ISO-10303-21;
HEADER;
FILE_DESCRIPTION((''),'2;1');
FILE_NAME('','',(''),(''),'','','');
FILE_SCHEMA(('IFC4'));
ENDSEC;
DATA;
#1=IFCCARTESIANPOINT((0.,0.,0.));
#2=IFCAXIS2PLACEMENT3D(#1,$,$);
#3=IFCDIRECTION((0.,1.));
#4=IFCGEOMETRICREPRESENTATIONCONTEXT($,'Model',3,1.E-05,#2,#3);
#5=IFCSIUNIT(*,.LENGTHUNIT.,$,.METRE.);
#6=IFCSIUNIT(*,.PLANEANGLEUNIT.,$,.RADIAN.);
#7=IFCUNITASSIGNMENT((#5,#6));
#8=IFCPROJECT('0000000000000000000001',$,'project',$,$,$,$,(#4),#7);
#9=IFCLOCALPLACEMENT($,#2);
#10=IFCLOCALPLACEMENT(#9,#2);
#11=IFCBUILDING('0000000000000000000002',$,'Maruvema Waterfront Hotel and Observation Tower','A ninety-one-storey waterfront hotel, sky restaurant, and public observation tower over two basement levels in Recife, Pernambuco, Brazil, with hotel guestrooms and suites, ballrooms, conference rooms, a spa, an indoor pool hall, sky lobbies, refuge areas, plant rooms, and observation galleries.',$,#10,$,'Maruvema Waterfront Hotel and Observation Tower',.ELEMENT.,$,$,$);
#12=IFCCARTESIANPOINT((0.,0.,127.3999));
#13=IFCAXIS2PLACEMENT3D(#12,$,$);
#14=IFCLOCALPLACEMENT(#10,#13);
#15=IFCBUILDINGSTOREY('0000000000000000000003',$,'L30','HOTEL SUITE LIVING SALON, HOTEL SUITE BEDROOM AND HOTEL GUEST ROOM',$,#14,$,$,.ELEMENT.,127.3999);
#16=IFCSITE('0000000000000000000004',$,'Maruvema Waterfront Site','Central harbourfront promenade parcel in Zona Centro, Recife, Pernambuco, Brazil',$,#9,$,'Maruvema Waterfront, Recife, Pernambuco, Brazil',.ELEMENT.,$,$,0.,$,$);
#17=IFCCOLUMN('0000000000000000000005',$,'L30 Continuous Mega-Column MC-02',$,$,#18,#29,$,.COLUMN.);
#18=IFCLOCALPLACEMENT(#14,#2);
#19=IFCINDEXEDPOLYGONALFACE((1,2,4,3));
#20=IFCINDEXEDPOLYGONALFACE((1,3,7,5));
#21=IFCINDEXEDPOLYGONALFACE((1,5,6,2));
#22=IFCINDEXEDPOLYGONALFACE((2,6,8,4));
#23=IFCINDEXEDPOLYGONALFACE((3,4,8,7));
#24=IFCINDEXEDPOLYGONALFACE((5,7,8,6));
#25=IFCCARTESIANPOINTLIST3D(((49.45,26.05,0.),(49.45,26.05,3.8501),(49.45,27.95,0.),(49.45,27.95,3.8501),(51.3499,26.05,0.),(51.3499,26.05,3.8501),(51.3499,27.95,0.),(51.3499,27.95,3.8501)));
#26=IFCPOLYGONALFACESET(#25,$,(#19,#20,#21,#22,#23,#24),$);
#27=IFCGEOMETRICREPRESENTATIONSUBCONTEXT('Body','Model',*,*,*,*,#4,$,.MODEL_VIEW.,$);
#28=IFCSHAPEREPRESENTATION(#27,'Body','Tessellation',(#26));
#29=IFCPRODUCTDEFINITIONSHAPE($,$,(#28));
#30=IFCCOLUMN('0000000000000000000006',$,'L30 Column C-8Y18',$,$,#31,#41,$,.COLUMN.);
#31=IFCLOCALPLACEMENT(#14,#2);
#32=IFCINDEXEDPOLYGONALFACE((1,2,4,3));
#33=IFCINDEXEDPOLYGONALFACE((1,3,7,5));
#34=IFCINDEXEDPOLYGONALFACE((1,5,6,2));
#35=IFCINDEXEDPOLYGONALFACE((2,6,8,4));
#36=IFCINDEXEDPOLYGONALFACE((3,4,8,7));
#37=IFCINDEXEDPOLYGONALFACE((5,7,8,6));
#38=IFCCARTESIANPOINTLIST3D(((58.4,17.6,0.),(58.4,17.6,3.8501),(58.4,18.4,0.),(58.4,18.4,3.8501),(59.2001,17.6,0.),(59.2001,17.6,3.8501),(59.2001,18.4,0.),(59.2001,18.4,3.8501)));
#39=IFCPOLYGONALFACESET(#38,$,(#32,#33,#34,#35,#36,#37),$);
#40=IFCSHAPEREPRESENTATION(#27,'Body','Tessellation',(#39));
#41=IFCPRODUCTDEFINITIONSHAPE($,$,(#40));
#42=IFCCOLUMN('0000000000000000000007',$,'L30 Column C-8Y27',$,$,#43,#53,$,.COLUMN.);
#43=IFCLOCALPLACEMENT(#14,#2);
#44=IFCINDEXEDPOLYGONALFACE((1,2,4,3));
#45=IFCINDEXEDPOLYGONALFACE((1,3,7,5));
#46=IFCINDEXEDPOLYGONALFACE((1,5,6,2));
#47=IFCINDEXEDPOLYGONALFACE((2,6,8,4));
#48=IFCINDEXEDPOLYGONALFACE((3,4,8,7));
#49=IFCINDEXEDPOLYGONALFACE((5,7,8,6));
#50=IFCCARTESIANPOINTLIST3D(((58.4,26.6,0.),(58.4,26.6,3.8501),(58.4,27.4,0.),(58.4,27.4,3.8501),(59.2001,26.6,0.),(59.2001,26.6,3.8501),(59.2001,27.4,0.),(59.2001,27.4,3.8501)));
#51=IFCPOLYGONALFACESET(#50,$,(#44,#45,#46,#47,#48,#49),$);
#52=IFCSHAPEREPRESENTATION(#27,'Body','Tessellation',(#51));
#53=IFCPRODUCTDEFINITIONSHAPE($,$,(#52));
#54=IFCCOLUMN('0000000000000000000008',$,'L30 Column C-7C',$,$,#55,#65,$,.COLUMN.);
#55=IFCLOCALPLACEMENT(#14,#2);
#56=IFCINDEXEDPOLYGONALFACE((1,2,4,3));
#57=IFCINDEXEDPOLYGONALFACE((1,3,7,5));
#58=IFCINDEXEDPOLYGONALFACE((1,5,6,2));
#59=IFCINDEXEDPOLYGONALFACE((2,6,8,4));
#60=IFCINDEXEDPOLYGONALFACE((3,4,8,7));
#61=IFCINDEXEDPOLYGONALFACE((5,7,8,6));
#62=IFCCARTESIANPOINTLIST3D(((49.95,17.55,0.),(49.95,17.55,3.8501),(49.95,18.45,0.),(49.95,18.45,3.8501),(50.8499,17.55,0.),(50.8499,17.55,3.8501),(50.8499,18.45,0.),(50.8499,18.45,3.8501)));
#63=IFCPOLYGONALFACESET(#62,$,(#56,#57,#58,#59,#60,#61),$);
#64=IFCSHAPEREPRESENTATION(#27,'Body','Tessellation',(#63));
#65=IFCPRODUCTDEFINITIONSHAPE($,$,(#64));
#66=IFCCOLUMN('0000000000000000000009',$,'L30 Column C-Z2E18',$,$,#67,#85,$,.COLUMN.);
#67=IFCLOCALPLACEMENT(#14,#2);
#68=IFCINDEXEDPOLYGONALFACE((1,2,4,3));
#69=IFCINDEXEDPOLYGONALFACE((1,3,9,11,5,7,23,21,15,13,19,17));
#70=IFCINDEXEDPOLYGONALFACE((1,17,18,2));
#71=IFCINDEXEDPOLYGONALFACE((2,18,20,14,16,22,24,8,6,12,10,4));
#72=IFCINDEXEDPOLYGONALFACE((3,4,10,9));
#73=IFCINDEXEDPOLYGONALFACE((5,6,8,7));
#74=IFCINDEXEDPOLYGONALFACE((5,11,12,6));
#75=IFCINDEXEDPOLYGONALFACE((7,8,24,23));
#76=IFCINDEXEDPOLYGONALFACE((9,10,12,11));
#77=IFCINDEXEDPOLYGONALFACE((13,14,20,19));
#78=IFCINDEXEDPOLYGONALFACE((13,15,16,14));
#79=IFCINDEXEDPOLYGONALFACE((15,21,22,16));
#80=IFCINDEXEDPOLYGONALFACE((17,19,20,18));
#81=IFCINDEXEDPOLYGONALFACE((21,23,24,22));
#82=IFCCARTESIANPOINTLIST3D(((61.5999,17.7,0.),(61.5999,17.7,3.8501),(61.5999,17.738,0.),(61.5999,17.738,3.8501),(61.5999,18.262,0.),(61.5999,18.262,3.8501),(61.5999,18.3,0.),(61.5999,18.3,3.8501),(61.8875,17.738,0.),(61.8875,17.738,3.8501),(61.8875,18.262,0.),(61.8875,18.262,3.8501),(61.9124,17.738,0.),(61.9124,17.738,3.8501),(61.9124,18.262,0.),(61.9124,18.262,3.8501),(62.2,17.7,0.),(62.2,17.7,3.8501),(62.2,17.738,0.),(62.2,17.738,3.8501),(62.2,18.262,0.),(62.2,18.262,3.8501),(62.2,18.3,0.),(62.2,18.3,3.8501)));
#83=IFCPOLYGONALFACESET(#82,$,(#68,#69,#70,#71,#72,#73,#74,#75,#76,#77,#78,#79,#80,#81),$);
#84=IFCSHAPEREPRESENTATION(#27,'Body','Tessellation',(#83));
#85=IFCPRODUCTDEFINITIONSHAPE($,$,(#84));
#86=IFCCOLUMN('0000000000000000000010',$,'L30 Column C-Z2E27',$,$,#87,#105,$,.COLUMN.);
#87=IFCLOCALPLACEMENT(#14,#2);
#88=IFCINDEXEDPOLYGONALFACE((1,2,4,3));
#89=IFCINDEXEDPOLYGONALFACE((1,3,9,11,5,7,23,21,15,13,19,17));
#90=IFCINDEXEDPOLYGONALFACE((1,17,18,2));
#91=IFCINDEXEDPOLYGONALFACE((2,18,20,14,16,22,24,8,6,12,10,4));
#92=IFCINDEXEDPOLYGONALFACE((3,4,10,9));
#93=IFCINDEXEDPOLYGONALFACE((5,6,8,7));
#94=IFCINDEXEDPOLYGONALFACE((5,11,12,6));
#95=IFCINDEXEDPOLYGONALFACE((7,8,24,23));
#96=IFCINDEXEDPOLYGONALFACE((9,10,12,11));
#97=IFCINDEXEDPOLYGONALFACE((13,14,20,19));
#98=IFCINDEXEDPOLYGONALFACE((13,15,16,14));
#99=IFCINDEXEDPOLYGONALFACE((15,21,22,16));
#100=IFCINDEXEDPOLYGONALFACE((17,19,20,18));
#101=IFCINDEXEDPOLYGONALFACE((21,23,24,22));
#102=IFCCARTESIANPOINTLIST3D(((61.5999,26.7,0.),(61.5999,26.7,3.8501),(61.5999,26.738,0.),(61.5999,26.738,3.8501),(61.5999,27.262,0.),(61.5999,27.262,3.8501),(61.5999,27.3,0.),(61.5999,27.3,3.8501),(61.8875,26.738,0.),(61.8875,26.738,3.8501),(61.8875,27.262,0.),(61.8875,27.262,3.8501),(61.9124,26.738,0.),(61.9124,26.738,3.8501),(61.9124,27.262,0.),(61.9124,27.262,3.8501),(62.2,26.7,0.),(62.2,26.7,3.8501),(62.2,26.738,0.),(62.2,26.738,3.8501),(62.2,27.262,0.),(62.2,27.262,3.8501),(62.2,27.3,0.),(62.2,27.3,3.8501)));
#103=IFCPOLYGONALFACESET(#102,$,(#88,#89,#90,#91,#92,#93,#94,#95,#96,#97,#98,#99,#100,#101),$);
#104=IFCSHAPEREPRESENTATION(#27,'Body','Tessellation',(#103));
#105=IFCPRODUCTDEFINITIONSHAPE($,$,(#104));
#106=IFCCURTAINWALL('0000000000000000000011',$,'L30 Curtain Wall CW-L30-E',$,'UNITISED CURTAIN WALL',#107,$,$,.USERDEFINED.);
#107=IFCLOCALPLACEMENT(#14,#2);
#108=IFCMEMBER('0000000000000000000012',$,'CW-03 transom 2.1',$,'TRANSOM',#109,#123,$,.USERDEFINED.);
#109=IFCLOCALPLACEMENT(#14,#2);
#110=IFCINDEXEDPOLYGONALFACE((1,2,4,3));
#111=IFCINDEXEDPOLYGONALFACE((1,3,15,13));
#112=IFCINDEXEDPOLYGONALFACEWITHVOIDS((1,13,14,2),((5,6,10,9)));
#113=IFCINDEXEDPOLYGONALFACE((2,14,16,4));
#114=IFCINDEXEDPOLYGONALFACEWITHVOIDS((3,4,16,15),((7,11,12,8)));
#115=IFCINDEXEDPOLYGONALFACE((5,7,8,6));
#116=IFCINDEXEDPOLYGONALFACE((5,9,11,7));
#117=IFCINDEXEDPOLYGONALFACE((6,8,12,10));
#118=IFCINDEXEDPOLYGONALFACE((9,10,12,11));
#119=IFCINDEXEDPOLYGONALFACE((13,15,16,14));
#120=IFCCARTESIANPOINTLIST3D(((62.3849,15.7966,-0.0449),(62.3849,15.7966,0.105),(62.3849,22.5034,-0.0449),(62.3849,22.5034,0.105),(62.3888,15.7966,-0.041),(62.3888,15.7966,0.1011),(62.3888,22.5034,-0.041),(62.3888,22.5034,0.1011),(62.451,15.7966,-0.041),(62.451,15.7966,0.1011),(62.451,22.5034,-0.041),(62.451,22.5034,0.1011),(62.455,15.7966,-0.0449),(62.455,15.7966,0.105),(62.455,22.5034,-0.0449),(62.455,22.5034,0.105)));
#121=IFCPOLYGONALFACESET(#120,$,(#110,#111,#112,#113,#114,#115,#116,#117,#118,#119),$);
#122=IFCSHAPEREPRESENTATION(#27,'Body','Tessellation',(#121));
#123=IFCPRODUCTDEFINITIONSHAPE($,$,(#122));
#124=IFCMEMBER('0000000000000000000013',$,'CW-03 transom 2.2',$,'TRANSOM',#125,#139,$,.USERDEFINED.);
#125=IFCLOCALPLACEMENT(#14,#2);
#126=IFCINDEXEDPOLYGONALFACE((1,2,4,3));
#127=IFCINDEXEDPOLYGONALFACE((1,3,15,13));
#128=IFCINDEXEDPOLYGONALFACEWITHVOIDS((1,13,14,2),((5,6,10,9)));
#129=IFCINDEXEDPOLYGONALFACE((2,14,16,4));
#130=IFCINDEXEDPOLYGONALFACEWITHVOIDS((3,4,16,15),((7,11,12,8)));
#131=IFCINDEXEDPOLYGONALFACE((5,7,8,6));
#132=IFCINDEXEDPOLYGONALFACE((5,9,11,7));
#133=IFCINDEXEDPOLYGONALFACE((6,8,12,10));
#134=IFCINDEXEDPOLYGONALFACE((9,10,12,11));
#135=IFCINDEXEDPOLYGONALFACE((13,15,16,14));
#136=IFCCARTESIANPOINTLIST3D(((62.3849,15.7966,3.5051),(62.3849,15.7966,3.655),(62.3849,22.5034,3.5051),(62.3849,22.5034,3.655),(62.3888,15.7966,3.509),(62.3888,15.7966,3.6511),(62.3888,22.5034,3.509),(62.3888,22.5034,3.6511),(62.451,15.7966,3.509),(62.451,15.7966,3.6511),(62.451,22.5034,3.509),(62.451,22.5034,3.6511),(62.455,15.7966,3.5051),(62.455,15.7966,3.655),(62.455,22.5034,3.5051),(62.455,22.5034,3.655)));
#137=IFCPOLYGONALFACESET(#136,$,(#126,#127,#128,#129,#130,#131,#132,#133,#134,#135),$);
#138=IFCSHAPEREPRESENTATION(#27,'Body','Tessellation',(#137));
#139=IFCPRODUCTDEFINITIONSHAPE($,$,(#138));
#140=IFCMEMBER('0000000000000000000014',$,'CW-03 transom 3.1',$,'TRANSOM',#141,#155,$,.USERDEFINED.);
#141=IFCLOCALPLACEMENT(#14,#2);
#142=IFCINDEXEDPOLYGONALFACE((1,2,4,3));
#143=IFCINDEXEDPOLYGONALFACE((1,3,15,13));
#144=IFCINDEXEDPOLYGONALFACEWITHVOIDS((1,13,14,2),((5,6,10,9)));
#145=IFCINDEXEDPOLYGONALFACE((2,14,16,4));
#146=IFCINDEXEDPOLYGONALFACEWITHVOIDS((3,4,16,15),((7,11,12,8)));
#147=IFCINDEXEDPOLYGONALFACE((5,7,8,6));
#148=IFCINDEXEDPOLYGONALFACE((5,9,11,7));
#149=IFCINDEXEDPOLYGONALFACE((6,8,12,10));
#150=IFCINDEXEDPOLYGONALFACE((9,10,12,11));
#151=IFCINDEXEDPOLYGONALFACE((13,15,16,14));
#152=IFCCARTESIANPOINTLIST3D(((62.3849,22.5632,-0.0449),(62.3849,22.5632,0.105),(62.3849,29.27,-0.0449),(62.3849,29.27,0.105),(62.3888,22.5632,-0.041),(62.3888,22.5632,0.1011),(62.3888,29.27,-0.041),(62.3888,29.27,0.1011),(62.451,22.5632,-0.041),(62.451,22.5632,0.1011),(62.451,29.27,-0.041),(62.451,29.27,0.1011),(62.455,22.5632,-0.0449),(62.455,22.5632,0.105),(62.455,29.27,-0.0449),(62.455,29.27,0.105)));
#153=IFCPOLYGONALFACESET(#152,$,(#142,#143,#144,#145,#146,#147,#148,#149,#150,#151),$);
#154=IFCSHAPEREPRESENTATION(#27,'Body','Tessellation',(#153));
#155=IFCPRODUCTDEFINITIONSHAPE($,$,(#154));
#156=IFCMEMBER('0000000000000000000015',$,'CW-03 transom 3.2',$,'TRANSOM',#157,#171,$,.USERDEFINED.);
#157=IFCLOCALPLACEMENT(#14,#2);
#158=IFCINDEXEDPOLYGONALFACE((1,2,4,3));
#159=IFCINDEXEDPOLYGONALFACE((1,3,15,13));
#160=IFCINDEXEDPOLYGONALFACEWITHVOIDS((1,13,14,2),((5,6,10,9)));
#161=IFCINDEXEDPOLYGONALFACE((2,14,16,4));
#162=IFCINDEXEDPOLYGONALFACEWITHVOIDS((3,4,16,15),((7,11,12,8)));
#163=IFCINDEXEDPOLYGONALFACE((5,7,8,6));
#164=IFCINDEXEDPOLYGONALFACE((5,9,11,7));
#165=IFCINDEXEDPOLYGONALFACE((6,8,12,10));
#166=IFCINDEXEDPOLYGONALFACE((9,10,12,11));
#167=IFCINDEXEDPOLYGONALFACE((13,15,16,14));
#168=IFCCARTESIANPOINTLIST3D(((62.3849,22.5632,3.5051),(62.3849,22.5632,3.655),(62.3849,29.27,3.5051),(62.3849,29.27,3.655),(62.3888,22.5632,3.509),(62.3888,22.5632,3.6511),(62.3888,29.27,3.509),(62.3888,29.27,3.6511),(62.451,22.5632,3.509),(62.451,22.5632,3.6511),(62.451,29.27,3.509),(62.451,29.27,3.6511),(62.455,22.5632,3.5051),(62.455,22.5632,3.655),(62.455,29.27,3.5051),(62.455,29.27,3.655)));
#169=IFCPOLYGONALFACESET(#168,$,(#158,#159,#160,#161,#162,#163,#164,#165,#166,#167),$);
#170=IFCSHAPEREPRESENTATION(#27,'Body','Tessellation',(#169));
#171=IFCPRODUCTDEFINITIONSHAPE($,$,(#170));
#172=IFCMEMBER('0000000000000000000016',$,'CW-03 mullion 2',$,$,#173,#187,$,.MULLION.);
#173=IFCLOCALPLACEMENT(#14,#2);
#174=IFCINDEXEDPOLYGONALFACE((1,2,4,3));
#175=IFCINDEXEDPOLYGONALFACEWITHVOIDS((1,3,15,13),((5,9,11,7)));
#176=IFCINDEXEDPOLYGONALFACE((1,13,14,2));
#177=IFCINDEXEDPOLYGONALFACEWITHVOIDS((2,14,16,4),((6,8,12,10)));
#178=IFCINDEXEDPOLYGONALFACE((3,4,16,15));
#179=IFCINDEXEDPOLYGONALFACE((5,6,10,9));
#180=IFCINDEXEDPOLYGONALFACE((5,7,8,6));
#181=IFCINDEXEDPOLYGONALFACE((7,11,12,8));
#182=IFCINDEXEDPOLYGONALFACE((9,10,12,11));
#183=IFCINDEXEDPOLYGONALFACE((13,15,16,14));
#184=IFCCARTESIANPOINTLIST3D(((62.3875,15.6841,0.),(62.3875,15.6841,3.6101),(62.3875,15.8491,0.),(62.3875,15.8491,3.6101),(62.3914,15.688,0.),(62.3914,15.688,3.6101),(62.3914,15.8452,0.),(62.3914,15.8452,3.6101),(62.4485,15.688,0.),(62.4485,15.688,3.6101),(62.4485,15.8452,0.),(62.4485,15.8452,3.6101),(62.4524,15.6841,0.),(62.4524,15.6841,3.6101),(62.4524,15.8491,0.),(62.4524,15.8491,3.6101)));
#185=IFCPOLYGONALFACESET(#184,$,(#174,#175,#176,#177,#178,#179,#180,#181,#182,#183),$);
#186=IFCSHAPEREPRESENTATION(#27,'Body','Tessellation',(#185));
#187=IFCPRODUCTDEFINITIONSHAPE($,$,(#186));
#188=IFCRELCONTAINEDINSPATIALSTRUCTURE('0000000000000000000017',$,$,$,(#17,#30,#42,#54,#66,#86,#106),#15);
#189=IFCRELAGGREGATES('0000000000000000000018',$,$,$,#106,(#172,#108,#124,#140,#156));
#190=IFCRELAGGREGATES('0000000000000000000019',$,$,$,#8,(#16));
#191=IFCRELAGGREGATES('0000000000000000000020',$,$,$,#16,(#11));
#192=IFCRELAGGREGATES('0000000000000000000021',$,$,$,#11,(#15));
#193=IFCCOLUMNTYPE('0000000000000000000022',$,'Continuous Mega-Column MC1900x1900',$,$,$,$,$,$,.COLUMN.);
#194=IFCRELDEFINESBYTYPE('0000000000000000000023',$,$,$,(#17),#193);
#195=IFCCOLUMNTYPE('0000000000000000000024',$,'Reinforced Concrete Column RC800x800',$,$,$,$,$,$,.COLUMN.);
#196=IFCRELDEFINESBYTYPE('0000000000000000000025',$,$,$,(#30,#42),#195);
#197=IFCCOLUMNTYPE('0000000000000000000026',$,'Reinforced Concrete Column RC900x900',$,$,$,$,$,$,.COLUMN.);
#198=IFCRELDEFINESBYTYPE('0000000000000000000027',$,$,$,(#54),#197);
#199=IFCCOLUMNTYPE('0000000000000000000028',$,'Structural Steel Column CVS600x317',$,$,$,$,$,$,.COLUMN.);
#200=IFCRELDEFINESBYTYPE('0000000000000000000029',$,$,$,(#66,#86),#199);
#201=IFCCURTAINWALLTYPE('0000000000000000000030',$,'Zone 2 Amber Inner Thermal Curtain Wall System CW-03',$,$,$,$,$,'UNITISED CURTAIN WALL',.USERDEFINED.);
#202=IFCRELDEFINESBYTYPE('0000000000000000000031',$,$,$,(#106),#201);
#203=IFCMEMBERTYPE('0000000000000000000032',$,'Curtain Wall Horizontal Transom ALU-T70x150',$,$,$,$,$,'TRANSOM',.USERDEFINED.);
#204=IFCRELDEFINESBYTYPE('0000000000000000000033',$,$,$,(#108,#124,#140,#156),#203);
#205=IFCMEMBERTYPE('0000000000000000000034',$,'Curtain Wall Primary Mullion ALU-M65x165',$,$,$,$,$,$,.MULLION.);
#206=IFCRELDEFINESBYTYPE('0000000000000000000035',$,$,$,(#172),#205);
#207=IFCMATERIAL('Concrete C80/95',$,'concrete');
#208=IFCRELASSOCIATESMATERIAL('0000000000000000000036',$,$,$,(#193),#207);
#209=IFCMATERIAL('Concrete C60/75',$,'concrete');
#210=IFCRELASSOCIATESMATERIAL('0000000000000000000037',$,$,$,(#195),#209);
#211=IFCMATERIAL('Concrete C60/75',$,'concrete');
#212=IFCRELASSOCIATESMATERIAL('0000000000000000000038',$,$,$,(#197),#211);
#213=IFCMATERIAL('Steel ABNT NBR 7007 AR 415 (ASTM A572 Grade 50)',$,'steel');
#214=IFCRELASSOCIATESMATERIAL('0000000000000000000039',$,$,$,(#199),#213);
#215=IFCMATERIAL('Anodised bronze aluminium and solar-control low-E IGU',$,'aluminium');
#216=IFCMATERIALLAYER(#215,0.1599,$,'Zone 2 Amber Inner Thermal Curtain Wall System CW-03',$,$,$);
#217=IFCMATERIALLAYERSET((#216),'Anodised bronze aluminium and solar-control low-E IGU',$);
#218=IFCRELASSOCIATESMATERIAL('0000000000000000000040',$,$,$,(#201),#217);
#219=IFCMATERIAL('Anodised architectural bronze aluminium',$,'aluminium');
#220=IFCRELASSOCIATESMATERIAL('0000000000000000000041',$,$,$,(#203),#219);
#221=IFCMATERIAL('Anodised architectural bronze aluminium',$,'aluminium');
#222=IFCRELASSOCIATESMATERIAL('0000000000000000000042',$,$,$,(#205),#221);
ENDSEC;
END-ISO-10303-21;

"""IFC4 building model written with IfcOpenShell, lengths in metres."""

from ifc_helpers import new_model, si_unit, direction, frame, origin, origin_2d, place, context, subcontext, project, spatial, rectangle, hollow_rectangle, i_section, extrude, material, layer, layer_set, material_profile, profile_set, type_object, element, aggregate, save


model = new_model("IFC4")

# Units and contexts
model_context = context("Model", 3, precision=1e-05, world=origin(), true_north=direction((0.0, 1.0)))
body_context = subcontext(model_context, "Body", "Model", "MODEL_VIEW")
ifc_project = project(units=[si_unit("LENGTHUNIT", "METRE"), si_unit("PLANEANGLEUNIT", "RADIAN")], contexts=[model_context])

# Site, building, storey
site_placement = place(None, origin())
site = spatial("IfcSite", under=ifc_project, at=site_placement, Name="Maruvema Waterfront Site", Description="Central harbourfront promenade parcel in Zona Centro, Recife, Pernambuco, Brazil", LongName="Maruvema Waterfront, Recife, Pernambuco, Brazil", CompositionType="ELEMENT", RefElevation=0.0)
building_placement = place(site_placement, origin())
building = spatial("IfcBuilding", under=site, at=building_placement, Name="Maruvema Waterfront Hotel and Observation Tower", Description="A ninety-one-storey waterfront hotel, sky restaurant, and public observation tower over two basement levels in Recife, Pernambuco, Brazil, with hotel guestrooms and suites, ballrooms, conference rooms, a spa, an indoor pool hall, sky lobbies, refuge areas, plant rooms, and observation galleries.", LongName="Maruvema Waterfront Hotel and Observation Tower", CompositionType="ELEMENT")
storey_placement = place(building_placement, frame((0.0, 0.0, 127.3999)))
storey = spatial("IfcBuildingStorey", under=building, at=storey_placement, Name="L30", Description="HOTEL SUITE LIVING SALON, HOTEL SUITE BEDROOM AND HOTEL GUEST ROOM", CompositionType="ELEMENT", Elevation=127.3999)

# Columns
ifc_material_1 = material(Name="Concrete C80/95", Category="concrete")
ifc_material_profile_1 = material_profile(ifc_material_1, rectangle(XDim=1.8999, YDim=1.8999, at=origin_2d()), Name="MC1900x1900")
ifc_profile_set_1 = profile_set([ifc_material_profile_1], Name="Concrete C80/95")
column_type_1 = type_object("IfcColumnType", Name="Continuous Mega-Column MC1900x1900", PredefinedType="COLUMN", material=ifc_profile_set_1)
column_1_placement = place(storey_placement, frame((50.3999, 27.0, 0.0), z_axis=(0.0, 0.0, 1.0), x_axis=(1.0, 0.0, 0.0)))
element("IfcColumn", 1, at=column_1_placement, inside=storey, type_object=column_type_1, Name="L30 Continuous Mega-Column MC-02", PredefinedType="COLUMN", context=body_context, shape_type="SweptSolid", body=[
    extrude(rectangle(XDim=1.8999, YDim=1.8999, at=origin_2d()), origin(), (0.0, 0.0, 1.0), 3.8501),
])
ifc_material_2 = material(Name="Concrete C60/75", Category="concrete")
ifc_material_profile_2 = material_profile(ifc_material_2, rectangle(XDim=0.8, YDim=0.8, at=origin_2d()), Name="RC800x800")
ifc_profile_set_2 = profile_set([ifc_material_profile_2], Name="Concrete C60/75")
column_type_2 = type_object("IfcColumnType", Name="Reinforced Concrete Column RC800x800", PredefinedType="COLUMN", material=ifc_profile_set_2)
for number, where, z_axis, x_axis, name in (
    (2, (58.8, 18.0, 0.0), (0.0, 0.0, 1.0), (1.0, 0.0, 0.0), "L30 Column C-8Y18"),
    (3, (58.8, 27.0, 0.0), (0.0, 0.0, 1.0), (1.0, 0.0, 0.0), "L30 Column C-8Y27"),
):
    element("IfcColumn", number, at=place(storey_placement, frame(where, z_axis=z_axis, x_axis=x_axis)), inside=storey, type_object=column_type_2, Name=name, PredefinedType="COLUMN", context=body_context, shape_type="SweptSolid", body=[
        extrude(rectangle(XDim=0.8, YDim=0.8, at=origin_2d()), origin(), (0.0, 0.0, 1.0), 3.8501),
    ])
ifc_material_3 = material(Name="Concrete C60/75", Category="concrete")
ifc_material_profile_3 = material_profile(ifc_material_3, rectangle(XDim=0.8999, YDim=0.8999, at=origin_2d()), Name="RC900x900")
ifc_profile_set_3 = profile_set([ifc_material_profile_3], Name="Concrete C60/75")
column_type_3 = type_object("IfcColumnType", Name="Reinforced Concrete Column RC900x900", PredefinedType="COLUMN", material=ifc_profile_set_3)
column_2_placement = place(storey_placement, frame((50.3999, 18.0, 0.0), z_axis=(0.0, 0.0, 1.0), x_axis=(1.0, 0.0, 0.0)))
element("IfcColumn", 4, at=column_2_placement, inside=storey, type_object=column_type_3, Name="L30 Column C-7C", PredefinedType="COLUMN", context=body_context, shape_type="SweptSolid", body=[
    extrude(rectangle(XDim=0.8999, YDim=0.8999, at=origin_2d()), origin(), (0.0, 0.0, 1.0), 3.8501),
])
ifc_material_4 = material(Name="Steel ABNT NBR 7007 AR 415 (ASTM A572 Grade 50)", Category="steel")
ifc_material_profile_4 = material_profile(ifc_material_4, i_section(OverallWidth=0.6001, OverallDepth=0.6001, WebThickness=0.0249, FlangeThickness=0.0381, at=origin_2d()), Name="CVS600x317")
ifc_profile_set_4 = profile_set([ifc_material_profile_4], Name="Steel ABNT NBR 7007 AR 415 (ASTM A572 Grade 50)")
column_type_4 = type_object("IfcColumnType", Name="Structural Steel Column CVS600x317", PredefinedType="COLUMN", material=ifc_profile_set_4)
for number, where, z_axis, x_axis, name in (
    (5, (61.8999, 18.0, 0.0), (0.0, 0.0, 1.0), (1.0, 0.0, 0.0), "L30 Column C-Z2E18"),
    (6, (61.8999, 27.0, 0.0), (0.0, 0.0, 1.0), (1.0, 0.0, 0.0), "L30 Column C-Z2E27"),
):
    element("IfcColumn", number, at=place(storey_placement, frame(where, z_axis=z_axis, x_axis=x_axis)), inside=storey, type_object=column_type_4, Name=name, PredefinedType="COLUMN", context=body_context, shape_type="SweptSolid", body=[
        extrude(i_section(OverallWidth=0.6001, OverallDepth=0.6001, WebThickness=0.0249, FlangeThickness=0.0381, at=origin_2d()), origin(), (0.0, 0.0, 1.0), 3.8501),
    ])

# Curtain wall, members
ifc_material_5 = material(Name="Anodised bronze aluminium and solar-control low-E IGU", Category="aluminium")
ifc_layer_1 = layer(ifc_material_5, 0.1599, Name="Zone 2 Amber Inner Thermal Curtain Wall System CW-03")
ifc_layer_set_1 = layer_set([ifc_layer_1], Name="Anodised bronze aluminium and solar-control low-E IGU")
curtain_wall_type = type_object("IfcCurtainWallType", Name="Zone 2 Amber Inner Thermal Curtain Wall System CW-03", ElementType="UNITISED CURTAIN WALL", PredefinedType="USERDEFINED", material=ifc_layer_set_1)
curtain_wall_placement = place(storey_placement, origin())
curtain_wall = element("IfcCurtainWall", 7, at=curtain_wall_placement, inside=storey, type_object=curtain_wall_type, Name="L30 Curtain Wall CW-L30-E", ObjectType="UNITISED CURTAIN WALL", PredefinedType="USERDEFINED")
ifc_material_6 = material(Name="Anodised architectural bronze aluminium", Category="aluminium")
ifc_material_profile_5 = material_profile(ifc_material_6, hollow_rectangle(XDim=0.0701, YDim=0.1499, WallThickness=0.0039, at=origin_2d()), Name="ALU-T70x150")
ifc_profile_set_5 = profile_set([ifc_material_profile_5], Name="Anodised architectural bronze aluminium")
member_type_1 = type_object("IfcMemberType", Name="Curtain Wall Horizontal Transom ALU-T70x150", ElementType="TRANSOM", PredefinedType="USERDEFINED", material=ifc_profile_set_5)
member_1_placement = place(storey_placement, frame((62.4199, 15.7966, 0.03), z_axis=(0.0, 1.0, 0.0), x_axis=(-1.0, 0.0, 0.0)))
member_1 = element("IfcMember", 8, at=member_1_placement, type_object=member_type_1, Name="CW-03 transom 2.1", ObjectType="TRANSOM", PredefinedType="USERDEFINED", context=body_context, shape_type="SweptSolid", body=[
    extrude(hollow_rectangle(XDim=0.0701, YDim=0.1499, WallThickness=0.0039, at=origin_2d()), origin(), (0.0, 0.0, 1.0), 6.7068),
])
member_2_placement = place(storey_placement, frame((62.4199, 15.7966, 3.5801), z_axis=(0.0, 1.0, 0.0), x_axis=(-1.0, 0.0, 0.0)))
member_2 = element("IfcMember", 9, at=member_2_placement, type_object=member_type_1, Name="CW-03 transom 2.2", ObjectType="TRANSOM", PredefinedType="USERDEFINED", context=body_context, shape_type="SweptSolid", body=[
    extrude(hollow_rectangle(XDim=0.0701, YDim=0.1499, WallThickness=0.0039, at=origin_2d()), origin(), (0.0, 0.0, 1.0), 6.7068),
])
member_3_placement = place(storey_placement, frame((62.4199, 22.5632, 0.03), z_axis=(0.0, 1.0, 0.0), x_axis=(-1.0, 0.0, 0.0)))
member_3 = element("IfcMember", 10, at=member_3_placement, type_object=member_type_1, Name="CW-03 transom 3.1", ObjectType="TRANSOM", PredefinedType="USERDEFINED", context=body_context, shape_type="SweptSolid", body=[
    extrude(hollow_rectangle(XDim=0.0701, YDim=0.1499, WallThickness=0.0039, at=origin_2d()), origin(), (0.0, 0.0, 1.0), 6.7068),
])
member_4_placement = place(storey_placement, frame((62.4199, 22.5632, 3.5801), z_axis=(0.0, 1.0, 0.0), x_axis=(-1.0, 0.0, 0.0)))
member_4 = element("IfcMember", 11, at=member_4_placement, type_object=member_type_1, Name="CW-03 transom 3.2", ObjectType="TRANSOM", PredefinedType="USERDEFINED", context=body_context, shape_type="SweptSolid", body=[
    extrude(hollow_rectangle(XDim=0.0701, YDim=0.1499, WallThickness=0.0039, at=origin_2d()), origin(), (0.0, 0.0, 1.0), 6.7068),
])
ifc_material_7 = material(Name="Anodised architectural bronze aluminium", Category="aluminium")
ifc_material_profile_6 = material_profile(ifc_material_7, hollow_rectangle(XDim=0.0649, YDim=0.165, WallThickness=0.0039, at=origin_2d()), Name="ALU-M65x165")
ifc_profile_set_6 = profile_set([ifc_material_profile_6], Name="Anodised architectural bronze aluminium")
member_type_2 = type_object("IfcMemberType", Name="Curtain Wall Primary Mullion ALU-M65x165", PredefinedType="MULLION", material=ifc_profile_set_6)
member_5_placement = place(storey_placement, frame((62.4199, 15.7666, 0.0), z_axis=(0.0, 0.0, 1.0), x_axis=(-1.0, 0.0, 0.0)))
member_5 = element("IfcMember", 12, at=member_5_placement, type_object=member_type_2, Name="CW-03 mullion 2", PredefinedType="MULLION", context=body_context, shape_type="SweptSolid", body=[
    extrude(hollow_rectangle(XDim=0.0649, YDim=0.165, WallThickness=0.0039, at=origin_2d()), origin(), (0.0, 0.0, 1.0), 3.6101),
])

aggregate(curtain_wall, [member_5, member_1, member_2, member_3, member_4])

save(model, "model.ifc")
